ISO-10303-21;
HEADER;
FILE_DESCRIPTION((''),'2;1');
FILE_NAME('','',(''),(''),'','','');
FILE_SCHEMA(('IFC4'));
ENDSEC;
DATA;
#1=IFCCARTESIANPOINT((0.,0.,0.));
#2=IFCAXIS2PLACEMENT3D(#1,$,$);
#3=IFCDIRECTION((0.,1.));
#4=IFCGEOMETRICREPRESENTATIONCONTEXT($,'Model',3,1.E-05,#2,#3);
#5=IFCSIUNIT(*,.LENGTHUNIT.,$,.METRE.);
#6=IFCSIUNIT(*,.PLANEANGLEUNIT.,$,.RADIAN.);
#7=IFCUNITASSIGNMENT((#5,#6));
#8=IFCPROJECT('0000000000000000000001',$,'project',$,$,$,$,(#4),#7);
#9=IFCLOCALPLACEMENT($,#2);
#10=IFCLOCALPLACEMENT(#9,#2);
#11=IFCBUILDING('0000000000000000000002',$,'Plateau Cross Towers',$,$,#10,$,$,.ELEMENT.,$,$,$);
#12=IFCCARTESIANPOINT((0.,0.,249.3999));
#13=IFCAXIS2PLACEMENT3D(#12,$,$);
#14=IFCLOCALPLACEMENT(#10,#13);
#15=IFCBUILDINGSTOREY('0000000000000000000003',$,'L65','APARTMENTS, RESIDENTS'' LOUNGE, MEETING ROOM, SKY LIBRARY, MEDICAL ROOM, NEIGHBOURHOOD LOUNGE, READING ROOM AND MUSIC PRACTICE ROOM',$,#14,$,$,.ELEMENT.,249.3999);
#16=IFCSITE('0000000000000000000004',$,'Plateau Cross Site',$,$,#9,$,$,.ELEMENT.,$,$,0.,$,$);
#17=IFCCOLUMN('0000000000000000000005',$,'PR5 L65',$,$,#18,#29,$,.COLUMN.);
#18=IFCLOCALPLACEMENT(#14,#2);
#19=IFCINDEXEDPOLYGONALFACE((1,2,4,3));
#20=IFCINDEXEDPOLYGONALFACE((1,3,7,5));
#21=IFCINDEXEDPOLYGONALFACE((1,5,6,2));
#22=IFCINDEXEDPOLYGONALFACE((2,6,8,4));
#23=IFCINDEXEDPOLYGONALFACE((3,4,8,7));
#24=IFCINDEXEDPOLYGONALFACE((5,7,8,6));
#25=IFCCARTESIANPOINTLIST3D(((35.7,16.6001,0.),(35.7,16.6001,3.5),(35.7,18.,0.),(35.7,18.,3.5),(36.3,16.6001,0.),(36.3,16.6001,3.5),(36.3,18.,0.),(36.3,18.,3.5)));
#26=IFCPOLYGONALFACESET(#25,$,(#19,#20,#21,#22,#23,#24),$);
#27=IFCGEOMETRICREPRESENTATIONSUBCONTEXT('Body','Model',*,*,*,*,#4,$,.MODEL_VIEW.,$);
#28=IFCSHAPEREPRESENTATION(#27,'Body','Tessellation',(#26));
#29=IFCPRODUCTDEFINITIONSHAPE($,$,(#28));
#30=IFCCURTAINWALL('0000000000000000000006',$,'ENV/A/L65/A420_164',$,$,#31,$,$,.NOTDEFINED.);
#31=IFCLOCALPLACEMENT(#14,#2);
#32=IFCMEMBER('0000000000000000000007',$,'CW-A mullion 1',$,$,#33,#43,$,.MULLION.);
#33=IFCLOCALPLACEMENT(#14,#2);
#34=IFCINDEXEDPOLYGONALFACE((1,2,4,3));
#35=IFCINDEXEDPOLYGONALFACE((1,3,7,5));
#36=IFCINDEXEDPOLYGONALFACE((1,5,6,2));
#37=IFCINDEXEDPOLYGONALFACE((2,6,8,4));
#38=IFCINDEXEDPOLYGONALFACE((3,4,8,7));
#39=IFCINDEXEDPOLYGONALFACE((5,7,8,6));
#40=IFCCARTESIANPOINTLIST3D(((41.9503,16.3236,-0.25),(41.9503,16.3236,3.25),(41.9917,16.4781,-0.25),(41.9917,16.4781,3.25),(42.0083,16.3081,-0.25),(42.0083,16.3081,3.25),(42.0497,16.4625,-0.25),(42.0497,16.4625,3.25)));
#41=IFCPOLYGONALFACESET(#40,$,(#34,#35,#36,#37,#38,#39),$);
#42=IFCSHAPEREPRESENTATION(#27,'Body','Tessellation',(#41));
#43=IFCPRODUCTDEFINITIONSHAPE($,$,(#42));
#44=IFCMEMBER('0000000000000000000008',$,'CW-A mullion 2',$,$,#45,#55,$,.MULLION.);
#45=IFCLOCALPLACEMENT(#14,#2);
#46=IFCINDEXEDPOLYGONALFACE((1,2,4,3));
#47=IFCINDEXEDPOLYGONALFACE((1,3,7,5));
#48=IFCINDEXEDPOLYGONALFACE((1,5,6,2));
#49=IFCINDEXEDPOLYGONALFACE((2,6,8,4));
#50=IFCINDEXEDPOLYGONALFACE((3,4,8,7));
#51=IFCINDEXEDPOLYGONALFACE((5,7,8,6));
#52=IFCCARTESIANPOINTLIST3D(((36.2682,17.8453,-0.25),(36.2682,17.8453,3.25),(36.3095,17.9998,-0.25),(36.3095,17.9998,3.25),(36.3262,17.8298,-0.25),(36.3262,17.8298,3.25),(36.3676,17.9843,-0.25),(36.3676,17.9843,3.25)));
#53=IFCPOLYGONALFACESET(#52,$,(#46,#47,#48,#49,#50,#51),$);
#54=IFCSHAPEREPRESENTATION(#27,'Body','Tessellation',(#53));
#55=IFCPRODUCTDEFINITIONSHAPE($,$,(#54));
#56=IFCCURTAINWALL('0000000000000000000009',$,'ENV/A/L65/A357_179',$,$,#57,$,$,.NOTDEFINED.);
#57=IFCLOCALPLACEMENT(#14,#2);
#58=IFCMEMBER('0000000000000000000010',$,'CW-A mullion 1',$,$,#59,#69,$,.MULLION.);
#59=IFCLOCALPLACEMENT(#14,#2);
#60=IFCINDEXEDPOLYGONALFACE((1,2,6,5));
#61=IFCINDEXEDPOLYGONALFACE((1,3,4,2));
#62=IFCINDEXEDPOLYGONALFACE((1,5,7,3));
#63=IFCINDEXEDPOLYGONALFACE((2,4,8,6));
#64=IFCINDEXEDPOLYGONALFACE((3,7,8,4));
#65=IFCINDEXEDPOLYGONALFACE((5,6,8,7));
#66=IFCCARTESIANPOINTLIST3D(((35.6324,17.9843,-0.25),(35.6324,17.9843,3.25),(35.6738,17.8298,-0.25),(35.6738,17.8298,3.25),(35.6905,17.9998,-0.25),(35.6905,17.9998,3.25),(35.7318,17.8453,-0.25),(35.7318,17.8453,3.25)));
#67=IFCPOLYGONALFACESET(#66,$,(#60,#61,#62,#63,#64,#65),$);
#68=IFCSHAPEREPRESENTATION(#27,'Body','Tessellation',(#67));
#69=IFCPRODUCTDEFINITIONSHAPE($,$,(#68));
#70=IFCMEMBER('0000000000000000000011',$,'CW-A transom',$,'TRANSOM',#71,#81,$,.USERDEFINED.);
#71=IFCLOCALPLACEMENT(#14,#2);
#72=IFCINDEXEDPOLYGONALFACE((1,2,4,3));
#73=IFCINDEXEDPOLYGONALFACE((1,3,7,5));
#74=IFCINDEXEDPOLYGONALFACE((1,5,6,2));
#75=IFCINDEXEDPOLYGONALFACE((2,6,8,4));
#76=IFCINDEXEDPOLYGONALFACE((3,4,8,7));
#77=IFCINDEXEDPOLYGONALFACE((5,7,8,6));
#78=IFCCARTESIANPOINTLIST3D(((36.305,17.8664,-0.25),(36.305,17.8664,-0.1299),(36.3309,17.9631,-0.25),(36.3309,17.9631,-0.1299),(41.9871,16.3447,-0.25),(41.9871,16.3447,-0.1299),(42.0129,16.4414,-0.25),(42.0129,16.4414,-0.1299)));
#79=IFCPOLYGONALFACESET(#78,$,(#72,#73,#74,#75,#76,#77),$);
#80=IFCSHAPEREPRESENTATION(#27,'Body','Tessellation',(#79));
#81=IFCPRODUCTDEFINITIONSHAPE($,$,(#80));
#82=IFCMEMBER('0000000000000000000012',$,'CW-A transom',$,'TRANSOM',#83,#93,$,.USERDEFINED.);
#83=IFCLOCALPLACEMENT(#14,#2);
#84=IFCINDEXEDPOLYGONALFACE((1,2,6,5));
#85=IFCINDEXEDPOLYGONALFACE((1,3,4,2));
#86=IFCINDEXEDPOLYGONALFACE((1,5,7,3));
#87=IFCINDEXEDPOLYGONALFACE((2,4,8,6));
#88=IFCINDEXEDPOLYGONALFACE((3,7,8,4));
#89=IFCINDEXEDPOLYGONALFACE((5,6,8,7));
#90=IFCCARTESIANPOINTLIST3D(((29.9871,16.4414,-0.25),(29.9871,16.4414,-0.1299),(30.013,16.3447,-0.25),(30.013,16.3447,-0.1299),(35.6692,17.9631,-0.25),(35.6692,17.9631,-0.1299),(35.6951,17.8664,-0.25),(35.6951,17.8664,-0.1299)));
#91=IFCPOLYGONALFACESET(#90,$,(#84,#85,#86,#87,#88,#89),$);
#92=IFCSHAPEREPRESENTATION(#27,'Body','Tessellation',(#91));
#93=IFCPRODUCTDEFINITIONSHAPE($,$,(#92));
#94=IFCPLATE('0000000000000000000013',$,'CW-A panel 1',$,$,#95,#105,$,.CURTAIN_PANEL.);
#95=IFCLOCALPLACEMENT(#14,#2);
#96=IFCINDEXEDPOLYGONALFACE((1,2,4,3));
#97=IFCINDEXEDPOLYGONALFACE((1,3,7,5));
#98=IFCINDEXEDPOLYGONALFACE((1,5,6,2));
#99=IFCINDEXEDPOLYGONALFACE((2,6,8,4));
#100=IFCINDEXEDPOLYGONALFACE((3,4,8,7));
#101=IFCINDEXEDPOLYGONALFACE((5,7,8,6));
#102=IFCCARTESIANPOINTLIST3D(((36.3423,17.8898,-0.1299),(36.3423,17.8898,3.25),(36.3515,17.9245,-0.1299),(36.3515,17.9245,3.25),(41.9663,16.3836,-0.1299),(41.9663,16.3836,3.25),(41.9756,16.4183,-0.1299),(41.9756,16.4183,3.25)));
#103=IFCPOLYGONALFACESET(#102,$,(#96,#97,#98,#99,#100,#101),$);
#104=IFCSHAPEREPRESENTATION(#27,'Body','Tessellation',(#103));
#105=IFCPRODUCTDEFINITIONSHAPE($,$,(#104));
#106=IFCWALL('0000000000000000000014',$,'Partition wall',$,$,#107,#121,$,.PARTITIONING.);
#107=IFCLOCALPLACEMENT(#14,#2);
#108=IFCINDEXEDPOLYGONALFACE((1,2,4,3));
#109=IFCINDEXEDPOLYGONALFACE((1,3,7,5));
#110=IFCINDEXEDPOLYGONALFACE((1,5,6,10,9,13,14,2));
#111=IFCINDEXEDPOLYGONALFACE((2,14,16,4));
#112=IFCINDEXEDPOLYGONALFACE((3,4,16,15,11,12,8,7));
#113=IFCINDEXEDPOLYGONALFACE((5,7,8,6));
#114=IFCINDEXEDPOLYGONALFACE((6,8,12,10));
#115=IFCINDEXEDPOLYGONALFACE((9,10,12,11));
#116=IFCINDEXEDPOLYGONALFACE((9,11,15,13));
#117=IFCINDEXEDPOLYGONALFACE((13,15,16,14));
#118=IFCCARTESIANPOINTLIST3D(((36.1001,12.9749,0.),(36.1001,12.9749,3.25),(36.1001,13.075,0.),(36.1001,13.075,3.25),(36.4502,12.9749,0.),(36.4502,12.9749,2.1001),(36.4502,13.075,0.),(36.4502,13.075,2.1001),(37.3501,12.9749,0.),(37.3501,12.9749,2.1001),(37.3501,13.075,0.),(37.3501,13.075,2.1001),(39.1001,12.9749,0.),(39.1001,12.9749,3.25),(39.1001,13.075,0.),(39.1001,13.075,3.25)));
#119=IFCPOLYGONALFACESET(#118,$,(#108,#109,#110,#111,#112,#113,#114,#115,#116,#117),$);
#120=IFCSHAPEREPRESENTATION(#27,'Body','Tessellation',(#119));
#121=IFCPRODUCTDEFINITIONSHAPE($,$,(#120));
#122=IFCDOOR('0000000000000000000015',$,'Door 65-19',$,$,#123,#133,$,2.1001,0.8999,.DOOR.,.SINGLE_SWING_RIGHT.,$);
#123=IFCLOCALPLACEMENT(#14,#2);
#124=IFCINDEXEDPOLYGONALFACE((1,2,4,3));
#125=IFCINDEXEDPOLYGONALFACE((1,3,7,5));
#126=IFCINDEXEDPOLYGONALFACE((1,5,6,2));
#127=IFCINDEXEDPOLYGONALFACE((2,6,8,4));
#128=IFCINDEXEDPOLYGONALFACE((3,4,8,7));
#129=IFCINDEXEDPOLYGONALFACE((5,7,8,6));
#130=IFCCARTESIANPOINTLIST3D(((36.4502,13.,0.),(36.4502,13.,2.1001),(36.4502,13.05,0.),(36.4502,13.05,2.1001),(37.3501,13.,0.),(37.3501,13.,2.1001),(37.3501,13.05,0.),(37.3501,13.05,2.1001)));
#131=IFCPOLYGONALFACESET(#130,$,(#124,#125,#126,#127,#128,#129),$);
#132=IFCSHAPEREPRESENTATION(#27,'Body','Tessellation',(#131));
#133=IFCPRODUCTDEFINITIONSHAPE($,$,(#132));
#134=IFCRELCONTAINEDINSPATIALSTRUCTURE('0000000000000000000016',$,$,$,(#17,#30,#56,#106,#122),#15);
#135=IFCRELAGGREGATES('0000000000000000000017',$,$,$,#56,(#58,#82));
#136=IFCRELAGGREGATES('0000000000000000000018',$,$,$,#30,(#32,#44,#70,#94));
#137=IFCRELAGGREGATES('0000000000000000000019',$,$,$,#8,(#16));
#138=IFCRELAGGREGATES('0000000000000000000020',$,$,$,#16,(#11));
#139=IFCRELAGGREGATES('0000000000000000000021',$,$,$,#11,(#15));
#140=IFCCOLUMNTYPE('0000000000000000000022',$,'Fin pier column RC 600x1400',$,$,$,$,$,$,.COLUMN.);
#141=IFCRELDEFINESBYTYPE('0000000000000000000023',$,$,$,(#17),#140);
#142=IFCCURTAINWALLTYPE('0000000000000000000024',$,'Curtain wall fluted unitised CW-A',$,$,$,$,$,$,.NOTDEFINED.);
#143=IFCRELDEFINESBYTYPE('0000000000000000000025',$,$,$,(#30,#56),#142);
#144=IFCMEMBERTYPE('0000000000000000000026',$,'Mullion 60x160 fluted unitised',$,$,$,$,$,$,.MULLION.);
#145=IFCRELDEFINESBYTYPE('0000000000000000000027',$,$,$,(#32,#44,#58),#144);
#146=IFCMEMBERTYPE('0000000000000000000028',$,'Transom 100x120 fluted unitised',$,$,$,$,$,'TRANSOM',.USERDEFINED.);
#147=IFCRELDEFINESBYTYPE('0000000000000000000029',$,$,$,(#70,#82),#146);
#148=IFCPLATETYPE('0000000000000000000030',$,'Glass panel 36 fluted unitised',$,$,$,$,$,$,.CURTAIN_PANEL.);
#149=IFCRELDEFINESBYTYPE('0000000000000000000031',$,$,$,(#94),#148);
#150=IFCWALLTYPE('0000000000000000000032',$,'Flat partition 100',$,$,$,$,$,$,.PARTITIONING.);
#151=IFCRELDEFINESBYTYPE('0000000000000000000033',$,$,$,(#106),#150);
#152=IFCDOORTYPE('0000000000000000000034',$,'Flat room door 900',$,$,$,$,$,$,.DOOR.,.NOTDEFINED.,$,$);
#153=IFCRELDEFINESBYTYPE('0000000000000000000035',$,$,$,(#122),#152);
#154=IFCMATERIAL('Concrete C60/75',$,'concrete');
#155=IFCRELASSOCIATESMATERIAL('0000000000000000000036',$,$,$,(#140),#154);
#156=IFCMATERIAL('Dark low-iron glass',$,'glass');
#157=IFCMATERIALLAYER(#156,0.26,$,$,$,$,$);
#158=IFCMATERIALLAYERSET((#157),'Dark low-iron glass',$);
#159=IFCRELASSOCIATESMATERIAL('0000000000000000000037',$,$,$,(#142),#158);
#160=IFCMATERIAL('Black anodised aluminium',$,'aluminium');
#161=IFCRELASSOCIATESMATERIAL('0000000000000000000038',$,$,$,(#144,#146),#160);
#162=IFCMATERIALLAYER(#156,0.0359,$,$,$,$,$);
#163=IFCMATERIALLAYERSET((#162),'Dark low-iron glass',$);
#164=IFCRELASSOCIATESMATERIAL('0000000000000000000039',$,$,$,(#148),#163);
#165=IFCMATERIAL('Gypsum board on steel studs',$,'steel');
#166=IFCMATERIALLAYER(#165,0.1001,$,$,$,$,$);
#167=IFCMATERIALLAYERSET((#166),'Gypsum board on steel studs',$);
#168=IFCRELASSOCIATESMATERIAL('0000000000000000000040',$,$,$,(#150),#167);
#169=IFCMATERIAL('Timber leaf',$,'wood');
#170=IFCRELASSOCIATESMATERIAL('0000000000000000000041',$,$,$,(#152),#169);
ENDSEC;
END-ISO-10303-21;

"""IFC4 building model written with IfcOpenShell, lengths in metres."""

from ifc_helpers import new_model, si_unit, direction, frame, frame_2d, origin, origin_2d, place, context, subcontext, project, spatial, rectangle, extrude, material, layer, layer_set, material_profile, profile_set, type_object, element, fill, aggregate, save


model = new_model("IFC4")

# Units and contexts
model_context = context("Model", 3, precision=1e-05, world=origin(), true_north=direction((0.0, 1.0)))
body_context = subcontext(model_context, "Body", "Model", "MODEL_VIEW")
ifc_project = project(units=[si_unit("LENGTHUNIT", "METRE"), si_unit("PLANEANGLEUNIT", "RADIAN")], contexts=[model_context])

# Site, building, storey
site_placement = place(None, origin())
site = spatial("IfcSite", under=ifc_project, at=site_placement, Name="Plateau Cross Site", CompositionType="ELEMENT", RefElevation=0.0)
building_placement = place(site_placement, origin())
building = spatial("IfcBuilding", under=site, at=building_placement, Name="Plateau Cross Towers", CompositionType="ELEMENT")
storey_placement = place(building_placement, frame((0.0, 0.0, 249.3999)))
storey = spatial("IfcBuildingStorey", under=building, at=storey_placement, Name="L65", Description="APARTMENTS, RESIDENTS' LOUNGE, MEETING ROOM, SKY LIBRARY, MEDICAL ROOM, NEIGHBOURHOOD LOUNGE, READING ROOM AND MUSIC PRACTICE ROOM", CompositionType="ELEMENT", Elevation=249.3999)

# Column
ifc_material_1 = material(Name="Concrete C60/75", Category="concrete")
ifc_material_profile_1 = material_profile(ifc_material_1, rectangle(XDim=0.6001, YDim=1.3999, at=origin_2d()), Name="RC 600x1400")
ifc_profile_set_1 = profile_set([ifc_material_profile_1], Name="Concrete C60/75")
column_type = type_object("IfcColumnType", Name="Fin pier column RC 600x1400", PredefinedType="COLUMN", material=ifc_profile_set_1)
column_placement = place(storey_placement, frame((36.0, 17.3, 0.0), z_axis=(0.0, 0.0, 1.0), x_axis=(1.0, 0.0, 0.0)))
element("IfcColumn", 1, at=column_placement, inside=storey, type_object=column_type, Name="PR5 L65", PredefinedType="COLUMN", context=body_context, shape_type="SweptSolid", body=[
    extrude(rectangle(XDim=0.6001, YDim=1.3999, at=origin_2d()), origin(), (0.0, 0.0, 1.0), 3.5),
])

# Curtain wall, members
ifc_material_2 = material(Name="Dark low-iron glass", Category="glass")
ifc_layer_1 = layer(ifc_material_2, 0.26)
ifc_layer_set_1 = layer_set([ifc_layer_1], Name="Dark low-iron glass")
curtain_wall_type = type_object("IfcCurtainWallType", Name="Curtain wall fluted unitised CW-A", PredefinedType="NOTDEFINED", material=ifc_layer_set_1)
curtain_wall_1_placement = place(storey_placement, origin())
curtain_wall_1 = element("IfcCurtainWall", 2, at=curtain_wall_1_placement, inside=storey, type_object=curtain_wall_type, Name="ENV/A/L65/A420_164", PredefinedType="NOTDEFINED")
ifc_material_3 = material(Name="Black anodised aluminium", Category="aluminium")
ifc_material_profile_2 = material_profile(ifc_material_3, rectangle(XDim=0.0601, YDim=0.1599, at=origin_2d()), Name="MULLION 60x160")
ifc_profile_set_2 = profile_set([ifc_material_profile_2], Name="Black anodised aluminium")
member_type_1 = type_object("IfcMemberType", Name="Mullion 60x160 fluted unitised", PredefinedType="MULLION", material=ifc_profile_set_2)
member_1_placement = place(storey_placement, frame((42.0, 16.3931, -0.25), z_axis=(0.0, 0.0, 1.0), x_axis=(-0.965958, 0.258699, 0.0)))
member_1 = element("IfcMember", 3, at=member_1_placement, type_object=member_type_1, Name="CW-A mullion 1", PredefinedType="MULLION", context=body_context, shape_type="SweptSolid", body=[
    extrude(rectangle(XDim=0.0601, YDim=0.1599, at=origin_2d()), origin(), (0.0, 0.0, 1.0), 3.5),
])
member_2_placement = place(storey_placement, frame((36.3179, 17.9148, -0.25), z_axis=(0.0, 0.0, 1.0), x_axis=(-0.965958, 0.258699, 0.0)))
member_2 = element("IfcMember", 4, at=member_2_placement, type_object=member_type_1, Name="CW-A mullion 2", PredefinedType="MULLION", context=body_context, shape_type="SweptSolid", body=[
    extrude(rectangle(XDim=0.0601, YDim=0.1599, at=origin_2d()), origin(), (0.0, 0.0, 1.0), 3.5),
])

# Curtain wall, member
curtain_wall_2_placement = place(storey_placement, origin())
curtain_wall_2 = element("IfcCurtainWall", 5, at=curtain_wall_2_placement, inside=storey, type_object=curtain_wall_type, Name="ENV/A/L65/A357_179", PredefinedType="NOTDEFINED")
member_3_placement = place(storey_placement, frame((35.6821, 17.9148, -0.25), z_axis=(0.0, 0.0, 1.0), x_axis=(-0.965958, -0.258699, 0.0)))
member_3 = element("IfcMember", 6, at=member_3_placement, type_object=member_type_1, Name="CW-A mullion 1", PredefinedType="MULLION", context=body_context, shape_type="SweptSolid", body=[
    extrude(rectangle(XDim=0.0601, YDim=0.1599, at=origin_2d()), origin(), (0.0, 0.0, 1.0), 3.5),
])

# Members
ifc_material_profile_3 = material_profile(ifc_material_3, rectangle(XDim=0.1001, YDim=0.1201, at=origin_2d()), Name="TRANSOM 100x120")
ifc_profile_set_3 = profile_set([ifc_material_profile_3], Name="Black anodised aluminium")
member_type_2 = type_object("IfcMemberType", Name="Transom 100x120 fluted unitised", ElementType="TRANSOM", PredefinedType="USERDEFINED", material=ifc_profile_set_3)
member_4_placement = place(storey_placement, frame((42.0, 16.3931, -0.1899), z_axis=(-0.96596, 0.258693, 0.0), x_axis=(-0.258693, -0.96596, 0.0)))
member_4 = element("IfcMember", 7, at=member_4_placement, type_object=member_type_2, Name="CW-A transom", ObjectType="TRANSOM", PredefinedType="USERDEFINED", context=body_context, shape_type="SweptSolid", body=[
    extrude(rectangle(XDim=0.1001, YDim=0.1201, at=origin_2d()), origin(), (0.0, 0.0, 1.0), 5.8823),
])
member_5_placement = place(storey_placement, frame((35.6821, 17.9148, -0.1899), z_axis=(-0.96596, -0.258693, 0.0), x_axis=(0.258693, -0.96596, 0.0)))
member_5 = element("IfcMember", 8, at=member_5_placement, type_object=member_type_2, Name="CW-A transom", ObjectType="TRANSOM", PredefinedType="USERDEFINED", context=body_context, shape_type="SweptSolid", body=[
    extrude(rectangle(XDim=0.1001, YDim=0.1201, at=origin_2d()), origin(), (0.0, 0.0, 1.0), 5.8823),
])
aggregate(curtain_wall_2, [member_3, member_5])

# Plate
ifc_layer_2 = layer(ifc_material_2, 0.0359)
ifc_layer_set_2 = layer_set([ifc_layer_2], Name="Dark low-iron glass")
plate_type = type_object("IfcPlateType", Name="Glass panel 36 fluted unitised", PredefinedType="CURTAIN_PANEL", material=ifc_layer_set_2)
plate_placement = place(storey_placement, frame((39.1589, 17.1541, -0.1299), z_axis=(0.0, 0.0, 1.0), x_axis=(-0.965958, 0.258699, 0.0)))
plate = element("IfcPlate", 9, at=plate_placement, type_object=plate_type, Name="CW-A panel 1", PredefinedType="CURTAIN_PANEL", context=body_context, shape_type="SweptSolid", body=[
    extrude(rectangle(XDim=5.8223, YDim=0.0359, at=origin_2d()), origin(), (0.0, 0.0, 1.0), 3.3799),
])
aggregate(curtain_wall_1, [member_1, member_2, member_4, plate])

# Wall, opening, door
ifc_material_4 = material(Name="Gypsum board on steel studs", Category="steel")
ifc_layer_3 = layer(ifc_material_4, 0.1001)
ifc_layer_set_3 = layer_set([ifc_layer_3], Name="Gypsum board on steel studs")
wall_type_1 = type_object("IfcWallType", Name="Flat partition 100", PredefinedType="PARTITIONING", material=ifc_layer_set_3)
wall_1_placement = place(storey_placement, frame((39.1001, 13.0249, 0.0), z_axis=(0.0, 0.0, 1.0), x_axis=(-1.0, 0.0, 0.0)))
wall_1 = element("IfcWall", 10, at=wall_1_placement, inside=storey, type_object=wall_type_1, Name="Partition wall", PredefinedType="PARTITIONING", context=body_context, shape_type="SweptSolid", body=[
    extrude(rectangle(XDim=3.0, YDim=0.1001, at=frame_2d((1.5, 0.0))), origin(), (0.0, 0.0, 1.0), 3.25),
])
opening_1_placement = place(wall_1_placement, frame((1.75, 0.0, 0.0)))
opening_1 = element("IfcOpeningElement", 11, at=opening_1_placement, cuts=wall_1, PredefinedType="OPENING", context=body_context, shape_type="SweptSolid", body=[
    extrude(rectangle(XDim=0.8999, YDim=2.1001, at=frame_2d((0.45, 1.05))), frame((0.0, 0.0601, 0.0), z_axis=(0.0, -1.0, 0.0), x_axis=(1.0, 0.0, 0.0)), (0.0, 0.0, 1.0), 0.1201),
])
ifc_material_5 = material(Name="Timber leaf", Category="wood")
door_type = type_object("IfcDoorType", Name="Flat room door 900", OperationType="NOTDEFINED", PredefinedType="DOOR", material=ifc_material_5)
door_1_placement = place(opening_1_placement, origin())
door_1 = element("IfcDoor", 12, at=door_1_placement, inside=storey, type_object=door_type, Name="Door 65-19", OperationType="SINGLE_SWING_RIGHT", OverallHeight=2.1001, OverallWidth=0.8999, PredefinedType="DOOR", context=body_context, shape_type="SweptSolid", body=[
    extrude(rectangle(XDim=0.8999, YDim=2.1001, at=frame_2d((0.45, 1.05))), frame((0.0, 0.0249, 0.0), z_axis=(0.0, -1.0, 0.0), x_axis=(1.0, 0.0, 0.0)), (0.0, 0.0, 1.0), 0.05),
])
fill(opening_1, door_1)

save(model, "model.ifc")
